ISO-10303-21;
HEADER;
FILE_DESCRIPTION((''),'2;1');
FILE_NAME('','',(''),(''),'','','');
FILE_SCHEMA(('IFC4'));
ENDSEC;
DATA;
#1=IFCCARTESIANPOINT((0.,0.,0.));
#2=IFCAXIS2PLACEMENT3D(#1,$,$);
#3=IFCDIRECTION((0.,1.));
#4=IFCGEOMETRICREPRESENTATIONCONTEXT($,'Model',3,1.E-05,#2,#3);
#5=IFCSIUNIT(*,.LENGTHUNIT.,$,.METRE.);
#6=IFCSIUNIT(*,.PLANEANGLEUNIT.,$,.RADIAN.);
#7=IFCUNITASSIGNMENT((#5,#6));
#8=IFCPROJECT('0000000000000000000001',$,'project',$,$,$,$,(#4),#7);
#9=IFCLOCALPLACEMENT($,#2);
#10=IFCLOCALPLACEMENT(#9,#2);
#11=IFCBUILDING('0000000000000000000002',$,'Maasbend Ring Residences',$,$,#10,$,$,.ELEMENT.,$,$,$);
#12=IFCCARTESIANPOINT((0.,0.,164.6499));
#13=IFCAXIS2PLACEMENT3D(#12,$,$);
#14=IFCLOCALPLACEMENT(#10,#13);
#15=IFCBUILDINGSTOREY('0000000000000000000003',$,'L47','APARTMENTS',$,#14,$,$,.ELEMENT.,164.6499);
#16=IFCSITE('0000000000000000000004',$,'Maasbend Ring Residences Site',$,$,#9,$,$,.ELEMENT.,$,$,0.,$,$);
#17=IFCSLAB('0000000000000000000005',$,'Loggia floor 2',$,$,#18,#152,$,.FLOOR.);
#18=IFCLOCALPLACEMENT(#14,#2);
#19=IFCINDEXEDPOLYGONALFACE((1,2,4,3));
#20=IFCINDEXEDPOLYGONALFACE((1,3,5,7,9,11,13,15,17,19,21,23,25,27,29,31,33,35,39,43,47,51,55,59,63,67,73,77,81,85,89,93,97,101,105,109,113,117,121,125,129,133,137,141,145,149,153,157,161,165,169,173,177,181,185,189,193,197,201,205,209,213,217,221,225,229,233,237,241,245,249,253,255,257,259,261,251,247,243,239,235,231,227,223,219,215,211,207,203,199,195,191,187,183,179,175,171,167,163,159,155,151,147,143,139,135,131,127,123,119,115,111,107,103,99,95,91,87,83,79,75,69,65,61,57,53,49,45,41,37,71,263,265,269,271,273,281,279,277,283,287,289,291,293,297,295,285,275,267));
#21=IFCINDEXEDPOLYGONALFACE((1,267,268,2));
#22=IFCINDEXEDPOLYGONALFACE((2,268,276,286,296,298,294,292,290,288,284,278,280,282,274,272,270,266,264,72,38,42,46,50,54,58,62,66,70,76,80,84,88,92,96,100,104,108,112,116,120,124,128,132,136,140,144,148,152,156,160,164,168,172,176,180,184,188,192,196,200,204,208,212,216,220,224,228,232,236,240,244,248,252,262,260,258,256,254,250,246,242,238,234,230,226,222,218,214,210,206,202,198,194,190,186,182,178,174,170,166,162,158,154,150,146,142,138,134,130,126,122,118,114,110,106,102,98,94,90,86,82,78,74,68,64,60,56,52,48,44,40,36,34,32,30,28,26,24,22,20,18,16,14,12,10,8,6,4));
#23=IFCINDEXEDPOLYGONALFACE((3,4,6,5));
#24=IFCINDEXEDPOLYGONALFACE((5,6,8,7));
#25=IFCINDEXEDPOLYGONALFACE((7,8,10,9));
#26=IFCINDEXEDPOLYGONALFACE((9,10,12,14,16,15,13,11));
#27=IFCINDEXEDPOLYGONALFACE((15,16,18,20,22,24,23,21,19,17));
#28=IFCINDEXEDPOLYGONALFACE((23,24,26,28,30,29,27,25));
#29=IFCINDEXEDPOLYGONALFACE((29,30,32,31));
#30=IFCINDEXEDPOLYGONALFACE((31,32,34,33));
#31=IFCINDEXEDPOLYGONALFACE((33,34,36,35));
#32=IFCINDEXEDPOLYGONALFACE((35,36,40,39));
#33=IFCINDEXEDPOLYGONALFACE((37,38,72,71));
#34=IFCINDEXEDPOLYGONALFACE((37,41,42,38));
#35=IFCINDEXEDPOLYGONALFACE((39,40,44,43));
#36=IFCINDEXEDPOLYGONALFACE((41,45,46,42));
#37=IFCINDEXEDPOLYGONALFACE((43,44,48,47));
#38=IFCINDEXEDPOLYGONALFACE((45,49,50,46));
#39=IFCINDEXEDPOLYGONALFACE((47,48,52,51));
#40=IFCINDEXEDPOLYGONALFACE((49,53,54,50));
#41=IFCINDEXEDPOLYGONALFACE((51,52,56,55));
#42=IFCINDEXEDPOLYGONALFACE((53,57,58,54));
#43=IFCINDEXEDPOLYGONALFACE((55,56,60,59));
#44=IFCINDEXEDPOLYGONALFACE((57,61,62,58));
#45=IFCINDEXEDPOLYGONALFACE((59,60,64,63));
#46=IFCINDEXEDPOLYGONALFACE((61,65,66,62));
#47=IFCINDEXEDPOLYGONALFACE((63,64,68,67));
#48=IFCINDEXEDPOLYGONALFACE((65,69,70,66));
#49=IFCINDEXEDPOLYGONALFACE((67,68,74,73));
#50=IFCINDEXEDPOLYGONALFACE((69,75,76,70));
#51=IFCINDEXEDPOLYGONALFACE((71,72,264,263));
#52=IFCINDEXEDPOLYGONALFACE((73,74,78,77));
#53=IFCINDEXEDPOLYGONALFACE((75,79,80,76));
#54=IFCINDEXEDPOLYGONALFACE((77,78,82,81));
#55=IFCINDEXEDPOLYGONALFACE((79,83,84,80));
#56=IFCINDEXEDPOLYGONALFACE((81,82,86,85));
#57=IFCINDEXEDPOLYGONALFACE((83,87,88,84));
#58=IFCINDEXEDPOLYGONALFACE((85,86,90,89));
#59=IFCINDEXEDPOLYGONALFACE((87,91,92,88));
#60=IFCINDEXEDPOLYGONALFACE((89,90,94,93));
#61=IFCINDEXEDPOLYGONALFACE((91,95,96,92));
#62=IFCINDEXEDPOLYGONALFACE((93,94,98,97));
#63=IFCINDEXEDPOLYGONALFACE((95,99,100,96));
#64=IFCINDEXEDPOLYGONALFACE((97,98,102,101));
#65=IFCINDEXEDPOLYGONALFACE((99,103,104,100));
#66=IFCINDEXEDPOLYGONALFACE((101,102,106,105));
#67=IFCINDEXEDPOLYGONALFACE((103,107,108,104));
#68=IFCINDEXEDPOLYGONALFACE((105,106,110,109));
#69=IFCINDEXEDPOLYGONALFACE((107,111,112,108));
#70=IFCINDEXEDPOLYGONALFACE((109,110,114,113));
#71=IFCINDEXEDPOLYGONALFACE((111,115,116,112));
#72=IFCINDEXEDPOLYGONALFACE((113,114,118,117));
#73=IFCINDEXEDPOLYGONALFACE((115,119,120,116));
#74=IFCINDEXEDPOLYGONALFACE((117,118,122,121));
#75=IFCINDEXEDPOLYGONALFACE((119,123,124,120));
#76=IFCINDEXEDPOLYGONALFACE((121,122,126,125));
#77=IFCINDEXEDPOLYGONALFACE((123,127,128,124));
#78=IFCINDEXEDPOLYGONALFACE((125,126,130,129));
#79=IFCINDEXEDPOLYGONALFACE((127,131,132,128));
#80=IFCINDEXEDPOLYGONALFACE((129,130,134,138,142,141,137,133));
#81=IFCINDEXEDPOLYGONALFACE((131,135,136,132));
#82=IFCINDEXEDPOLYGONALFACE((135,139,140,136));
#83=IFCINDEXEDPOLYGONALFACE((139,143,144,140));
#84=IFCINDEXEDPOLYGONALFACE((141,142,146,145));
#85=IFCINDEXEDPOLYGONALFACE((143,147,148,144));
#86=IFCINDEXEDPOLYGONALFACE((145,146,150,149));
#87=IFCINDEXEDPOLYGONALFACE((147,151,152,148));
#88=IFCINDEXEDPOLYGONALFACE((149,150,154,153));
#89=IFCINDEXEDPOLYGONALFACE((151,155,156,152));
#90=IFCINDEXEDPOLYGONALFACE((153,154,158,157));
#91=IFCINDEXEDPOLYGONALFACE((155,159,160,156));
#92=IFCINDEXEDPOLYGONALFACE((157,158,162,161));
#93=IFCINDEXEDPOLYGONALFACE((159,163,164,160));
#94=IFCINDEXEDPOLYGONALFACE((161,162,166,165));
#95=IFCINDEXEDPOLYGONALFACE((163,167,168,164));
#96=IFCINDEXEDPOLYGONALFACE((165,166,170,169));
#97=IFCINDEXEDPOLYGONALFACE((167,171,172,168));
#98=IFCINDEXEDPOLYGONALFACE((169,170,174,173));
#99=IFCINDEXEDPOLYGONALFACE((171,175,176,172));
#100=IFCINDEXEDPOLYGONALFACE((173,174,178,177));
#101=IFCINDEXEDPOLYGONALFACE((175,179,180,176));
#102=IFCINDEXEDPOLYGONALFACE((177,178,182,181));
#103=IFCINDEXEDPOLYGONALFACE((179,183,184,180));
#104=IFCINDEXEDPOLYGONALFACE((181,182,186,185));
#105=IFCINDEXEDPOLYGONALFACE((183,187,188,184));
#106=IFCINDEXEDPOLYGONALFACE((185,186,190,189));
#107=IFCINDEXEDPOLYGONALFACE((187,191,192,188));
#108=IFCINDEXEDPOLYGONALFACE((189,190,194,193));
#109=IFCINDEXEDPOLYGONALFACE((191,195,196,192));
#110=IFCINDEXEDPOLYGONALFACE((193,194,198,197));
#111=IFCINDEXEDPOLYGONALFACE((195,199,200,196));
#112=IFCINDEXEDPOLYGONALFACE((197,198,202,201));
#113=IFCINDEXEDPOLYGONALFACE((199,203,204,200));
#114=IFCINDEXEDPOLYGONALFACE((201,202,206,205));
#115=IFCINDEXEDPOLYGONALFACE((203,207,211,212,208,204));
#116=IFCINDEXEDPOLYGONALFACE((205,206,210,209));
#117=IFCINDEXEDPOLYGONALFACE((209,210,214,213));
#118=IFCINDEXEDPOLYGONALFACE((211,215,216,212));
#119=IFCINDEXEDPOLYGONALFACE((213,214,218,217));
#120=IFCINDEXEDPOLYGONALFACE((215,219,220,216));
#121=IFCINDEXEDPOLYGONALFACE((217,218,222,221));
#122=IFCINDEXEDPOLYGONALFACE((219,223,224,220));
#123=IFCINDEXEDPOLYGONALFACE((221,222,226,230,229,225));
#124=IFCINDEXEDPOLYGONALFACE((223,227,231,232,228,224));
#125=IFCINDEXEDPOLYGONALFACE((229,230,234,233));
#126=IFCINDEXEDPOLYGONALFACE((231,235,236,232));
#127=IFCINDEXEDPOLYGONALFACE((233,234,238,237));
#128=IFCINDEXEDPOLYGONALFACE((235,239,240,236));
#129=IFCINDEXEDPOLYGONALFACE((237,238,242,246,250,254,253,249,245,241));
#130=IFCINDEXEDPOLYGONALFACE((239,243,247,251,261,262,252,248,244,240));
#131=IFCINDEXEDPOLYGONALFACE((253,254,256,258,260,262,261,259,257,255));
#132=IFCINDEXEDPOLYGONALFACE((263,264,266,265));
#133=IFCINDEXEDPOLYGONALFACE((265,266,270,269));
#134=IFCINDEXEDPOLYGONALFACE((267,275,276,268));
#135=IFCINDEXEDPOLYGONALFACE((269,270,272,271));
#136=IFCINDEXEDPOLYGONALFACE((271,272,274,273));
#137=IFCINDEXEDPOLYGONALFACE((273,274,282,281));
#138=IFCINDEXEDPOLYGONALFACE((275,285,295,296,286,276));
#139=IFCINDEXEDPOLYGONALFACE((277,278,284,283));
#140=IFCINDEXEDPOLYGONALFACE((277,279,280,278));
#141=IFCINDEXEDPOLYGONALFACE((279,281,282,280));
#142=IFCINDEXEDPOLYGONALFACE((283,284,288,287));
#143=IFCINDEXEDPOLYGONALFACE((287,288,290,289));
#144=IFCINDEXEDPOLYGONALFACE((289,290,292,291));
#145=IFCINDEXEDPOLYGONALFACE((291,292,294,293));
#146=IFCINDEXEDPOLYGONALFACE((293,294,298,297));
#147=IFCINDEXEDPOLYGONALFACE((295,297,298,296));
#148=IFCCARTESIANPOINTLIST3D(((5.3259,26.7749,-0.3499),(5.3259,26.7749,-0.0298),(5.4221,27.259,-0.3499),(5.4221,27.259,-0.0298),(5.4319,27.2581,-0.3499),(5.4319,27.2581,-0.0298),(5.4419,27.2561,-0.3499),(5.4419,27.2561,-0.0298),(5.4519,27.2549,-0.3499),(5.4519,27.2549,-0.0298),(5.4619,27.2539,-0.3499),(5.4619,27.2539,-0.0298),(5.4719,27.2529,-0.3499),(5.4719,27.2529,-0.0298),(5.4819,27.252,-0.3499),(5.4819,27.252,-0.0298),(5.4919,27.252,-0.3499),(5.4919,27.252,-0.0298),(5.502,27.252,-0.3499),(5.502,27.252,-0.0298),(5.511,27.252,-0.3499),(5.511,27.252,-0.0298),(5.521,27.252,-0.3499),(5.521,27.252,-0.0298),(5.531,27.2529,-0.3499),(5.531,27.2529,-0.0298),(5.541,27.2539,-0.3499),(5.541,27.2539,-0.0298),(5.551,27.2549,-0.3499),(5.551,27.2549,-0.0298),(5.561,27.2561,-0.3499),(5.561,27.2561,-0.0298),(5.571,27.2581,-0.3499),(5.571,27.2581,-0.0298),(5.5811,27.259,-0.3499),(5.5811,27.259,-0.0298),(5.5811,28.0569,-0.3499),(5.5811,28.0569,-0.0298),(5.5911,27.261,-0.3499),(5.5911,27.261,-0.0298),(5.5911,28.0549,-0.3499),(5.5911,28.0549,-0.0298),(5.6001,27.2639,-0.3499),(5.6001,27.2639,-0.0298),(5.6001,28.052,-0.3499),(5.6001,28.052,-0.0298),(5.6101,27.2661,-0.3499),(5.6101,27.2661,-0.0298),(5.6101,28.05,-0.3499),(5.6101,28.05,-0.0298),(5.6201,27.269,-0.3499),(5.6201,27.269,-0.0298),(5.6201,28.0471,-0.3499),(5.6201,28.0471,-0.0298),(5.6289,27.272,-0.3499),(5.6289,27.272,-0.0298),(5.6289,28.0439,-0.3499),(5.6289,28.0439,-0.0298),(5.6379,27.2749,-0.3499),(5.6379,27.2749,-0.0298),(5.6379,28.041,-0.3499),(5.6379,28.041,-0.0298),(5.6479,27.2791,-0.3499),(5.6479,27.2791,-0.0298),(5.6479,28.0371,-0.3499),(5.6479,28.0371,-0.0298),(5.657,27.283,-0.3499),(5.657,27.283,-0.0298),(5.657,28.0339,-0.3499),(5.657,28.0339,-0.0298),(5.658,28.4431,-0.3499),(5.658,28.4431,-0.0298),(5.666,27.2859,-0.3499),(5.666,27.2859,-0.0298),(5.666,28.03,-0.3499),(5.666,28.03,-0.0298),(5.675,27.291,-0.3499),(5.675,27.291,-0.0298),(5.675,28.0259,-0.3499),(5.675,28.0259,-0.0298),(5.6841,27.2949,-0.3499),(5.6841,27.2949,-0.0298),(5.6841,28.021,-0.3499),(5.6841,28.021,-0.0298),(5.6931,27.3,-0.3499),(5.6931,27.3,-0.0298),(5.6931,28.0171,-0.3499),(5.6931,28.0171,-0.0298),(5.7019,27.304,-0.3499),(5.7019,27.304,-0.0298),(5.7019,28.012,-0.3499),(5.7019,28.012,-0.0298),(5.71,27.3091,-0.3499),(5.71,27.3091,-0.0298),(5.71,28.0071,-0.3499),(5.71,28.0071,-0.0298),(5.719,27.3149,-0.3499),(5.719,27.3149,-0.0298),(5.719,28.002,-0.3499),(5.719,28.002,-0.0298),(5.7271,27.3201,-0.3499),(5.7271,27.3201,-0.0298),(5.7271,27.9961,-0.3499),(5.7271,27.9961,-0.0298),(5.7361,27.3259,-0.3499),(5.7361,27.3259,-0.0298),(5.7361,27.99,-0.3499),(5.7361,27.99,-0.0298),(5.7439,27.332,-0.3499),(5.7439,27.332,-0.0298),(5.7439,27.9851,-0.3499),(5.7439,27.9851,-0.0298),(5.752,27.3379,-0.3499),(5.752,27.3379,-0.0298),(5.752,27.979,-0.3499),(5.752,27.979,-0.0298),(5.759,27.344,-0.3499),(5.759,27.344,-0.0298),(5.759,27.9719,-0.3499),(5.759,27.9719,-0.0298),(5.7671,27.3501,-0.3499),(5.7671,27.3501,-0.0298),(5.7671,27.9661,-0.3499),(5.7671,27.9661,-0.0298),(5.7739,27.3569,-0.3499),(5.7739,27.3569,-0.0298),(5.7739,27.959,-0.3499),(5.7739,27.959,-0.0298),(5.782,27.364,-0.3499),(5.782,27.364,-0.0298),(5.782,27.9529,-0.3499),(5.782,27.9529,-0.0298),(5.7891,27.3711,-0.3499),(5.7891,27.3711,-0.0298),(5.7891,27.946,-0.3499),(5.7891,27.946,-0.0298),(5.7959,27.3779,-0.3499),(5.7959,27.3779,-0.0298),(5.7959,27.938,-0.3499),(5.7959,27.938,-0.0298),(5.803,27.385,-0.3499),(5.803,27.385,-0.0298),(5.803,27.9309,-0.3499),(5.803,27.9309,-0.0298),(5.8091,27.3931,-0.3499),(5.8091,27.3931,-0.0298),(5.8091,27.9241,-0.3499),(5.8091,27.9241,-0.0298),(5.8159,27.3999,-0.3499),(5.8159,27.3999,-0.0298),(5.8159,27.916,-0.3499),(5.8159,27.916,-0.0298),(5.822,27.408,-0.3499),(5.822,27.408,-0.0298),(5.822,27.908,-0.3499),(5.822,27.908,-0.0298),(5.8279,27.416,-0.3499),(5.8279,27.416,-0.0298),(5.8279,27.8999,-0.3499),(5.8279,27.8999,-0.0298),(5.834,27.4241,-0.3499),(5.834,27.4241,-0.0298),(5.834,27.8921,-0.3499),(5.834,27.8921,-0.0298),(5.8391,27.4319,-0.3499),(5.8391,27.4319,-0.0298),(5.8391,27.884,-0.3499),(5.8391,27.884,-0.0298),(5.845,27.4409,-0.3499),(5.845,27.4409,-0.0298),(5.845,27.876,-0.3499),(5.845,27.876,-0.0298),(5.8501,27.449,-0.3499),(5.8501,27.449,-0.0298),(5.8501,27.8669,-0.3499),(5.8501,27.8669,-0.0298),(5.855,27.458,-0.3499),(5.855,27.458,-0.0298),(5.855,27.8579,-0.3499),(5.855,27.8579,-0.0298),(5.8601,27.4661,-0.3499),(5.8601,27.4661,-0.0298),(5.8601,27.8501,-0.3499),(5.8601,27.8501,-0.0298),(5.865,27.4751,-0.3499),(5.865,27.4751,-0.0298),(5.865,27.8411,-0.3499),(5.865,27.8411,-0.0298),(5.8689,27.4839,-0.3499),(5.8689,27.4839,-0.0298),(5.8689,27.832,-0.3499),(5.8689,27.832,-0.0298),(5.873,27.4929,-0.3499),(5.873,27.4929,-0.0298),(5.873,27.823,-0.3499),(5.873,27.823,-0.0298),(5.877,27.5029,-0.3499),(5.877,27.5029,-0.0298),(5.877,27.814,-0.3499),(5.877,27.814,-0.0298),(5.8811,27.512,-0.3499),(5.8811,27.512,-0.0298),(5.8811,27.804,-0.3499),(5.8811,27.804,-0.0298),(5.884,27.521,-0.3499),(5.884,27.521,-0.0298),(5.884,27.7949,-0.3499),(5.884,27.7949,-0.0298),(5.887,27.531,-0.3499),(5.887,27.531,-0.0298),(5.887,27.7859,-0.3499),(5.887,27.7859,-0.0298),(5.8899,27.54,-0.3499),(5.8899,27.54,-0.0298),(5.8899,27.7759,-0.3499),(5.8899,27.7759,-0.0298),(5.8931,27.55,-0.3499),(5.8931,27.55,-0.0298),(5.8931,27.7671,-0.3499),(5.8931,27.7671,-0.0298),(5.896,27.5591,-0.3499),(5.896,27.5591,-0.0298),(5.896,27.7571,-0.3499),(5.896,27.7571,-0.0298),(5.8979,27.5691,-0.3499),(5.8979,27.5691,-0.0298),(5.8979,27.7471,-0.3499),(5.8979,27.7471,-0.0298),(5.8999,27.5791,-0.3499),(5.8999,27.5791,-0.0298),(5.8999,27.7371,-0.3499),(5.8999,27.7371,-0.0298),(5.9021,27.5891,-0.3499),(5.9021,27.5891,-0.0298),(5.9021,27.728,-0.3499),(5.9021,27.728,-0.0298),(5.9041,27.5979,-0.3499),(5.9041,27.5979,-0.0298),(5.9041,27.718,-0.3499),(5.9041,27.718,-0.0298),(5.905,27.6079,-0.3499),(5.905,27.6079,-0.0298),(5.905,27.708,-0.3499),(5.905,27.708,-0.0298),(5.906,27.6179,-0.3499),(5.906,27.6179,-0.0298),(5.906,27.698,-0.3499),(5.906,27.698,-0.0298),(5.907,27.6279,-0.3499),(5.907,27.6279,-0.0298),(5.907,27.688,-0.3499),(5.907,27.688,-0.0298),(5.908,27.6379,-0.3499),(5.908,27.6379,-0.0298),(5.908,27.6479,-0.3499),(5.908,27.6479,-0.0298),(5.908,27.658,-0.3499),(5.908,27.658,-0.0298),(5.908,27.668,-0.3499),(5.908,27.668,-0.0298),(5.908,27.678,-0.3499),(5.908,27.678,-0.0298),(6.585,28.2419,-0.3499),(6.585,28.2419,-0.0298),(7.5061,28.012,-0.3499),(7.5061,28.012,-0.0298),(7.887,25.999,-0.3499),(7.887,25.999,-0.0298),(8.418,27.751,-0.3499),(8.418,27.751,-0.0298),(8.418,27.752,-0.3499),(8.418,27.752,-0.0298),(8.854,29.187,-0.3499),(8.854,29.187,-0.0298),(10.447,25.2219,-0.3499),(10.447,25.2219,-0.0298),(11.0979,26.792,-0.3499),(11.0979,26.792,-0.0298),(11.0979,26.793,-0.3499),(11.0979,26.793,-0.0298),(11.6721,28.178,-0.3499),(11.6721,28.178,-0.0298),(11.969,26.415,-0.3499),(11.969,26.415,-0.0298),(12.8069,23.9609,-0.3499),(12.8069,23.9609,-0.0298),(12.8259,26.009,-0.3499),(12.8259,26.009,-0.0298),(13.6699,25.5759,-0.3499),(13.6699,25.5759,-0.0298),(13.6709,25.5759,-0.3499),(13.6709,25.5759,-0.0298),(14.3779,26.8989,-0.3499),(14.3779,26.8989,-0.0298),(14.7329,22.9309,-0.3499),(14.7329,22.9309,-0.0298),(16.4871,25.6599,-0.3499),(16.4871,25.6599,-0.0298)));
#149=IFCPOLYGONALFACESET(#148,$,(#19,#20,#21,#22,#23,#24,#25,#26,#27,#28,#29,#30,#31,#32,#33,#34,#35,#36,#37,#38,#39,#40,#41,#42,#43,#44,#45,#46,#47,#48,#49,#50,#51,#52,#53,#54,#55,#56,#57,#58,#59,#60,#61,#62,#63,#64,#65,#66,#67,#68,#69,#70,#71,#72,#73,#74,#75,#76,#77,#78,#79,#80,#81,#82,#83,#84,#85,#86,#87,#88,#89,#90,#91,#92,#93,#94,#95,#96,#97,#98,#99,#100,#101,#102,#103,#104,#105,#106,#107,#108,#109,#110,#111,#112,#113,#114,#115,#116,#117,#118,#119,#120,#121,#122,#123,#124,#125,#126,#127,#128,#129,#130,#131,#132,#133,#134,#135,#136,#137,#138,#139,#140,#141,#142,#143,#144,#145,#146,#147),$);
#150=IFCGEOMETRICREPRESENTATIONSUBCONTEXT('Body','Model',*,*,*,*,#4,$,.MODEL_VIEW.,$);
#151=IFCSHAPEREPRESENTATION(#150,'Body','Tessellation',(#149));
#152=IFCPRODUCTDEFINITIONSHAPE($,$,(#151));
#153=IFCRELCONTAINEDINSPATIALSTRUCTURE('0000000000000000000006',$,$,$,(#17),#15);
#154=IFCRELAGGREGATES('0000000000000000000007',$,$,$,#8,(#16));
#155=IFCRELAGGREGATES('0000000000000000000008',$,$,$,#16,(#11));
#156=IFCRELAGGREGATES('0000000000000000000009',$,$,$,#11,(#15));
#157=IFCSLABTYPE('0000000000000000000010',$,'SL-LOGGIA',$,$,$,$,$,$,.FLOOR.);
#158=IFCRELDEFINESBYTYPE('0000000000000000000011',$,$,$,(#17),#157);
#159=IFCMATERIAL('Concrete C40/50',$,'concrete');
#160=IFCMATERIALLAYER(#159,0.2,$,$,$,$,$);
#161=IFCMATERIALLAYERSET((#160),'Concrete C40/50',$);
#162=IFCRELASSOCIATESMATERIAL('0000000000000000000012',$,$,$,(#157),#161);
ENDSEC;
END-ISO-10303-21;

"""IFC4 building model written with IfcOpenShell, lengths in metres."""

from ifc_helpers import new_model, si_unit, direction, frame, origin, place, context, subcontext, project, spatial, polyline, outline, extrude, material, layer, layer_set, type_object, element, save


model = new_model("IFC4")

# Units and contexts
model_context = context("Model", 3, precision=1e-05, world=origin(), true_north=direction((0.0, 1.0)))
body_context = subcontext(model_context, "Body", "Model", "MODEL_VIEW")
ifc_project = project(units=[si_unit("LENGTHUNIT", "METRE"), si_unit("PLANEANGLEUNIT", "RADIAN")], contexts=[model_context])

# Site, building, storey
site_placement = place(None, origin())
site = spatial("IfcSite", under=ifc_project, at=site_placement, Name="Maasbend Ring Residences Site", CompositionType="ELEMENT", RefElevation=0.0)
building_placement = place(site_placement, origin())
building = spatial("IfcBuilding", under=site, at=building_placement, Name="Maasbend Ring Residences", CompositionType="ELEMENT")
storey_placement = place(building_placement, frame((0.0, 0.0, 164.6499)))
storey = spatial("IfcBuildingStorey", under=building, at=storey_placement, Name="L47", Description="APARTMENTS", CompositionType="ELEMENT", Elevation=164.6499)

# Slab
ifc_material_1 = material(Name="Concrete C40/50", Category="concrete")
ifc_layer_1 = layer(ifc_material_1, 0.2)
ifc_layer_set_1 = layer_set([ifc_layer_1], Name="Concrete C40/50")
slab_type = type_object("IfcSlabType", Name="SL-LOGGIA", PredefinedType="FLOOR", material=ifc_layer_set_1)
slab_1_placement = place(storey_placement, frame((0.0, 0.0, -0.3499)))
element("IfcSlab", 1, at=slab_1_placement, inside=storey, type_object=slab_type, Name="Loggia floor 2", PredefinedType="FLOOR", context=body_context, shape_type="SweptSolid", body=[
    extrude(outline(polyline([(5.4519, 27.2549), (5.4619, 27.2539), (5.4719, 27.2529), (5.4819, 27.252), (5.4919, 27.252), (5.502, 27.252), (5.511, 27.252), (5.521, 27.252), (5.531, 27.2529), (5.541, 27.2539), (5.551, 27.2549), (5.561, 27.2561), (5.571, 27.2581), (5.5811, 27.259), (5.5911, 27.261), (5.6001, 27.2639), (5.6101, 27.2661), (5.6201, 27.269), (5.6289, 27.272), (5.6379, 27.2749), (5.6479, 27.2791), (5.657, 27.283), (5.666, 27.2859), (5.675, 27.291), (5.6841, 27.2949), (5.6931, 27.3), (5.7019, 27.304), (5.71, 27.3091), (5.719, 27.3149), (5.7271, 27.3201), (5.7361, 27.3259), (5.7439, 27.332), (5.752, 27.3379), (5.759, 27.344), (5.7671, 27.3501), (5.7739, 27.3569), (5.782, 27.364), (5.7891, 27.3711), (5.7959, 27.3779), (5.803, 27.385), (5.8091, 27.3931), (5.8159, 27.3999), (5.822, 27.408), (5.8279, 27.416), (5.834, 27.4241), (5.8391, 27.4319), (5.845, 27.4409), (5.8501, 27.449), (5.855, 27.458), (5.8601, 27.4661), (5.865, 27.4751), (5.8689, 27.4839), (5.873, 27.4929), (5.877, 27.5029), (5.8811, 27.512), (5.884, 27.521), (5.887, 27.531), (5.8899, 27.54), (5.8931, 27.55), (5.896, 27.5591), (5.8979, 27.5691), (5.8999, 27.5791), (5.9021, 27.5891), (5.9041, 27.5979), (5.905, 27.6079), (5.906, 27.6179), (5.907, 27.6279), (5.908, 27.6379), (5.908, 27.6479), (5.908, 27.658), (5.908, 27.668), (5.908, 27.678), (5.907, 27.688), (5.906, 27.698), (5.905, 27.708), (5.9041, 27.718), (5.9021, 27.728), (5.8999, 27.7371), (5.8979, 27.7471), (5.896, 27.7571), (5.8931, 27.7671), (5.8899, 27.7759), (5.887, 27.7859), (5.884, 27.7949), (5.8811, 27.804), (5.877, 27.814), (5.873, 27.823), (5.8689, 27.832), (5.865, 27.8411), (5.8601, 27.8501), (5.855, 27.8579), (5.8501, 27.8669), (5.845, 27.876), (5.8391, 27.884), (5.834, 27.8921), (5.8279, 27.8999), (5.822, 27.908), (5.8159, 27.916), (5.8091, 27.9241), (5.803, 27.9309), (5.7959, 27.938), (5.7891, 27.946), (5.782, 27.9529), (5.7739, 27.959), (5.7671, 27.9661), (5.759, 27.9719), (5.752, 27.979), (5.7439, 27.9851), (5.7361, 27.99), (5.7271, 27.9961), (5.719, 28.002), (5.71, 28.0071), (5.7019, 28.012), (5.6931, 28.0171), (5.6841, 28.021), (5.675, 28.0259), (5.666, 28.03), (5.657, 28.0339), (5.6479, 28.0371), (5.6379, 28.041), (5.6289, 28.0439), (5.6201, 28.0471), (5.6101, 28.05), (5.6001, 28.052), (5.5911, 28.0549), (5.5811, 28.0569), (5.658, 28.4431), (5.658, 28.4431), (5.658, 28.4431), (6.585, 28.2419), (6.585, 28.2419), (7.5061, 28.012), (7.5061, 28.012), (8.418, 27.751), (8.418, 27.751), (8.418, 27.751), (8.418, 27.751), (8.418, 27.751), (8.418, 27.751), (8.418, 27.751), (8.418, 27.751), (8.418, 27.751), (8.418, 27.751), (8.418, 27.752), (8.418, 27.752), (8.418, 27.752), (8.418, 27.752), (8.418, 27.752), (8.418, 27.752), (8.418, 27.752), (8.854, 29.187), (8.854, 29.187), (8.854, 29.187), (11.6721, 28.178), (11.6721, 28.178), (11.6721, 28.178), (11.0979, 26.793), (11.0979, 26.793), (11.0979, 26.793), (11.0979, 26.793), (11.0979, 26.793), (11.0979, 26.793), (11.0979, 26.793), (11.0979, 26.793), (11.0979, 26.793), (11.0979, 26.793), (11.0979, 26.792), (11.0979, 26.792), (11.0979, 26.792), (11.0979, 26.792), (11.0979, 26.792), (11.0979, 26.792), (11.0979, 26.792), (11.969, 26.415), (11.969, 26.415), (12.8259, 26.009), (12.8259, 26.009), (13.6699, 25.5759), (13.6699, 25.5759), (13.6699, 25.5759), (13.6699, 25.5759), (13.6699, 25.5759), (13.6699, 25.5759), (13.6699, 25.5759), (13.6699, 25.5759), (13.6699, 25.5759), (13.6699, 25.5759), (13.6709, 25.5759), (13.6709, 25.5759), (13.6709, 25.5759), (13.6709, 25.5759), (13.6709, 25.5759), (13.6709, 25.5759), (13.6709, 25.5759), (14.3779, 26.8989), (14.3779, 26.8989), (14.3779, 26.8989), (16.4871, 25.6599), (16.4871, 25.6599), (16.4871, 25.6599), (14.7329, 22.9309), (14.7329, 22.9309), (14.7329, 22.9309), (12.8069, 23.9609), (10.447, 25.2219), (10.447, 25.2219), (10.447, 25.2219), (7.887, 25.999), (5.3259, 26.7749), (5.3259, 26.7749), (5.3259, 26.7749), (5.4221, 27.259), (5.4319, 27.2581), (5.4419, 27.2561), (5.4519, 27.2549)])), origin(), (0.0, 0.0, 1.0), 0.3201),
])

save(model, "model.ifc")
